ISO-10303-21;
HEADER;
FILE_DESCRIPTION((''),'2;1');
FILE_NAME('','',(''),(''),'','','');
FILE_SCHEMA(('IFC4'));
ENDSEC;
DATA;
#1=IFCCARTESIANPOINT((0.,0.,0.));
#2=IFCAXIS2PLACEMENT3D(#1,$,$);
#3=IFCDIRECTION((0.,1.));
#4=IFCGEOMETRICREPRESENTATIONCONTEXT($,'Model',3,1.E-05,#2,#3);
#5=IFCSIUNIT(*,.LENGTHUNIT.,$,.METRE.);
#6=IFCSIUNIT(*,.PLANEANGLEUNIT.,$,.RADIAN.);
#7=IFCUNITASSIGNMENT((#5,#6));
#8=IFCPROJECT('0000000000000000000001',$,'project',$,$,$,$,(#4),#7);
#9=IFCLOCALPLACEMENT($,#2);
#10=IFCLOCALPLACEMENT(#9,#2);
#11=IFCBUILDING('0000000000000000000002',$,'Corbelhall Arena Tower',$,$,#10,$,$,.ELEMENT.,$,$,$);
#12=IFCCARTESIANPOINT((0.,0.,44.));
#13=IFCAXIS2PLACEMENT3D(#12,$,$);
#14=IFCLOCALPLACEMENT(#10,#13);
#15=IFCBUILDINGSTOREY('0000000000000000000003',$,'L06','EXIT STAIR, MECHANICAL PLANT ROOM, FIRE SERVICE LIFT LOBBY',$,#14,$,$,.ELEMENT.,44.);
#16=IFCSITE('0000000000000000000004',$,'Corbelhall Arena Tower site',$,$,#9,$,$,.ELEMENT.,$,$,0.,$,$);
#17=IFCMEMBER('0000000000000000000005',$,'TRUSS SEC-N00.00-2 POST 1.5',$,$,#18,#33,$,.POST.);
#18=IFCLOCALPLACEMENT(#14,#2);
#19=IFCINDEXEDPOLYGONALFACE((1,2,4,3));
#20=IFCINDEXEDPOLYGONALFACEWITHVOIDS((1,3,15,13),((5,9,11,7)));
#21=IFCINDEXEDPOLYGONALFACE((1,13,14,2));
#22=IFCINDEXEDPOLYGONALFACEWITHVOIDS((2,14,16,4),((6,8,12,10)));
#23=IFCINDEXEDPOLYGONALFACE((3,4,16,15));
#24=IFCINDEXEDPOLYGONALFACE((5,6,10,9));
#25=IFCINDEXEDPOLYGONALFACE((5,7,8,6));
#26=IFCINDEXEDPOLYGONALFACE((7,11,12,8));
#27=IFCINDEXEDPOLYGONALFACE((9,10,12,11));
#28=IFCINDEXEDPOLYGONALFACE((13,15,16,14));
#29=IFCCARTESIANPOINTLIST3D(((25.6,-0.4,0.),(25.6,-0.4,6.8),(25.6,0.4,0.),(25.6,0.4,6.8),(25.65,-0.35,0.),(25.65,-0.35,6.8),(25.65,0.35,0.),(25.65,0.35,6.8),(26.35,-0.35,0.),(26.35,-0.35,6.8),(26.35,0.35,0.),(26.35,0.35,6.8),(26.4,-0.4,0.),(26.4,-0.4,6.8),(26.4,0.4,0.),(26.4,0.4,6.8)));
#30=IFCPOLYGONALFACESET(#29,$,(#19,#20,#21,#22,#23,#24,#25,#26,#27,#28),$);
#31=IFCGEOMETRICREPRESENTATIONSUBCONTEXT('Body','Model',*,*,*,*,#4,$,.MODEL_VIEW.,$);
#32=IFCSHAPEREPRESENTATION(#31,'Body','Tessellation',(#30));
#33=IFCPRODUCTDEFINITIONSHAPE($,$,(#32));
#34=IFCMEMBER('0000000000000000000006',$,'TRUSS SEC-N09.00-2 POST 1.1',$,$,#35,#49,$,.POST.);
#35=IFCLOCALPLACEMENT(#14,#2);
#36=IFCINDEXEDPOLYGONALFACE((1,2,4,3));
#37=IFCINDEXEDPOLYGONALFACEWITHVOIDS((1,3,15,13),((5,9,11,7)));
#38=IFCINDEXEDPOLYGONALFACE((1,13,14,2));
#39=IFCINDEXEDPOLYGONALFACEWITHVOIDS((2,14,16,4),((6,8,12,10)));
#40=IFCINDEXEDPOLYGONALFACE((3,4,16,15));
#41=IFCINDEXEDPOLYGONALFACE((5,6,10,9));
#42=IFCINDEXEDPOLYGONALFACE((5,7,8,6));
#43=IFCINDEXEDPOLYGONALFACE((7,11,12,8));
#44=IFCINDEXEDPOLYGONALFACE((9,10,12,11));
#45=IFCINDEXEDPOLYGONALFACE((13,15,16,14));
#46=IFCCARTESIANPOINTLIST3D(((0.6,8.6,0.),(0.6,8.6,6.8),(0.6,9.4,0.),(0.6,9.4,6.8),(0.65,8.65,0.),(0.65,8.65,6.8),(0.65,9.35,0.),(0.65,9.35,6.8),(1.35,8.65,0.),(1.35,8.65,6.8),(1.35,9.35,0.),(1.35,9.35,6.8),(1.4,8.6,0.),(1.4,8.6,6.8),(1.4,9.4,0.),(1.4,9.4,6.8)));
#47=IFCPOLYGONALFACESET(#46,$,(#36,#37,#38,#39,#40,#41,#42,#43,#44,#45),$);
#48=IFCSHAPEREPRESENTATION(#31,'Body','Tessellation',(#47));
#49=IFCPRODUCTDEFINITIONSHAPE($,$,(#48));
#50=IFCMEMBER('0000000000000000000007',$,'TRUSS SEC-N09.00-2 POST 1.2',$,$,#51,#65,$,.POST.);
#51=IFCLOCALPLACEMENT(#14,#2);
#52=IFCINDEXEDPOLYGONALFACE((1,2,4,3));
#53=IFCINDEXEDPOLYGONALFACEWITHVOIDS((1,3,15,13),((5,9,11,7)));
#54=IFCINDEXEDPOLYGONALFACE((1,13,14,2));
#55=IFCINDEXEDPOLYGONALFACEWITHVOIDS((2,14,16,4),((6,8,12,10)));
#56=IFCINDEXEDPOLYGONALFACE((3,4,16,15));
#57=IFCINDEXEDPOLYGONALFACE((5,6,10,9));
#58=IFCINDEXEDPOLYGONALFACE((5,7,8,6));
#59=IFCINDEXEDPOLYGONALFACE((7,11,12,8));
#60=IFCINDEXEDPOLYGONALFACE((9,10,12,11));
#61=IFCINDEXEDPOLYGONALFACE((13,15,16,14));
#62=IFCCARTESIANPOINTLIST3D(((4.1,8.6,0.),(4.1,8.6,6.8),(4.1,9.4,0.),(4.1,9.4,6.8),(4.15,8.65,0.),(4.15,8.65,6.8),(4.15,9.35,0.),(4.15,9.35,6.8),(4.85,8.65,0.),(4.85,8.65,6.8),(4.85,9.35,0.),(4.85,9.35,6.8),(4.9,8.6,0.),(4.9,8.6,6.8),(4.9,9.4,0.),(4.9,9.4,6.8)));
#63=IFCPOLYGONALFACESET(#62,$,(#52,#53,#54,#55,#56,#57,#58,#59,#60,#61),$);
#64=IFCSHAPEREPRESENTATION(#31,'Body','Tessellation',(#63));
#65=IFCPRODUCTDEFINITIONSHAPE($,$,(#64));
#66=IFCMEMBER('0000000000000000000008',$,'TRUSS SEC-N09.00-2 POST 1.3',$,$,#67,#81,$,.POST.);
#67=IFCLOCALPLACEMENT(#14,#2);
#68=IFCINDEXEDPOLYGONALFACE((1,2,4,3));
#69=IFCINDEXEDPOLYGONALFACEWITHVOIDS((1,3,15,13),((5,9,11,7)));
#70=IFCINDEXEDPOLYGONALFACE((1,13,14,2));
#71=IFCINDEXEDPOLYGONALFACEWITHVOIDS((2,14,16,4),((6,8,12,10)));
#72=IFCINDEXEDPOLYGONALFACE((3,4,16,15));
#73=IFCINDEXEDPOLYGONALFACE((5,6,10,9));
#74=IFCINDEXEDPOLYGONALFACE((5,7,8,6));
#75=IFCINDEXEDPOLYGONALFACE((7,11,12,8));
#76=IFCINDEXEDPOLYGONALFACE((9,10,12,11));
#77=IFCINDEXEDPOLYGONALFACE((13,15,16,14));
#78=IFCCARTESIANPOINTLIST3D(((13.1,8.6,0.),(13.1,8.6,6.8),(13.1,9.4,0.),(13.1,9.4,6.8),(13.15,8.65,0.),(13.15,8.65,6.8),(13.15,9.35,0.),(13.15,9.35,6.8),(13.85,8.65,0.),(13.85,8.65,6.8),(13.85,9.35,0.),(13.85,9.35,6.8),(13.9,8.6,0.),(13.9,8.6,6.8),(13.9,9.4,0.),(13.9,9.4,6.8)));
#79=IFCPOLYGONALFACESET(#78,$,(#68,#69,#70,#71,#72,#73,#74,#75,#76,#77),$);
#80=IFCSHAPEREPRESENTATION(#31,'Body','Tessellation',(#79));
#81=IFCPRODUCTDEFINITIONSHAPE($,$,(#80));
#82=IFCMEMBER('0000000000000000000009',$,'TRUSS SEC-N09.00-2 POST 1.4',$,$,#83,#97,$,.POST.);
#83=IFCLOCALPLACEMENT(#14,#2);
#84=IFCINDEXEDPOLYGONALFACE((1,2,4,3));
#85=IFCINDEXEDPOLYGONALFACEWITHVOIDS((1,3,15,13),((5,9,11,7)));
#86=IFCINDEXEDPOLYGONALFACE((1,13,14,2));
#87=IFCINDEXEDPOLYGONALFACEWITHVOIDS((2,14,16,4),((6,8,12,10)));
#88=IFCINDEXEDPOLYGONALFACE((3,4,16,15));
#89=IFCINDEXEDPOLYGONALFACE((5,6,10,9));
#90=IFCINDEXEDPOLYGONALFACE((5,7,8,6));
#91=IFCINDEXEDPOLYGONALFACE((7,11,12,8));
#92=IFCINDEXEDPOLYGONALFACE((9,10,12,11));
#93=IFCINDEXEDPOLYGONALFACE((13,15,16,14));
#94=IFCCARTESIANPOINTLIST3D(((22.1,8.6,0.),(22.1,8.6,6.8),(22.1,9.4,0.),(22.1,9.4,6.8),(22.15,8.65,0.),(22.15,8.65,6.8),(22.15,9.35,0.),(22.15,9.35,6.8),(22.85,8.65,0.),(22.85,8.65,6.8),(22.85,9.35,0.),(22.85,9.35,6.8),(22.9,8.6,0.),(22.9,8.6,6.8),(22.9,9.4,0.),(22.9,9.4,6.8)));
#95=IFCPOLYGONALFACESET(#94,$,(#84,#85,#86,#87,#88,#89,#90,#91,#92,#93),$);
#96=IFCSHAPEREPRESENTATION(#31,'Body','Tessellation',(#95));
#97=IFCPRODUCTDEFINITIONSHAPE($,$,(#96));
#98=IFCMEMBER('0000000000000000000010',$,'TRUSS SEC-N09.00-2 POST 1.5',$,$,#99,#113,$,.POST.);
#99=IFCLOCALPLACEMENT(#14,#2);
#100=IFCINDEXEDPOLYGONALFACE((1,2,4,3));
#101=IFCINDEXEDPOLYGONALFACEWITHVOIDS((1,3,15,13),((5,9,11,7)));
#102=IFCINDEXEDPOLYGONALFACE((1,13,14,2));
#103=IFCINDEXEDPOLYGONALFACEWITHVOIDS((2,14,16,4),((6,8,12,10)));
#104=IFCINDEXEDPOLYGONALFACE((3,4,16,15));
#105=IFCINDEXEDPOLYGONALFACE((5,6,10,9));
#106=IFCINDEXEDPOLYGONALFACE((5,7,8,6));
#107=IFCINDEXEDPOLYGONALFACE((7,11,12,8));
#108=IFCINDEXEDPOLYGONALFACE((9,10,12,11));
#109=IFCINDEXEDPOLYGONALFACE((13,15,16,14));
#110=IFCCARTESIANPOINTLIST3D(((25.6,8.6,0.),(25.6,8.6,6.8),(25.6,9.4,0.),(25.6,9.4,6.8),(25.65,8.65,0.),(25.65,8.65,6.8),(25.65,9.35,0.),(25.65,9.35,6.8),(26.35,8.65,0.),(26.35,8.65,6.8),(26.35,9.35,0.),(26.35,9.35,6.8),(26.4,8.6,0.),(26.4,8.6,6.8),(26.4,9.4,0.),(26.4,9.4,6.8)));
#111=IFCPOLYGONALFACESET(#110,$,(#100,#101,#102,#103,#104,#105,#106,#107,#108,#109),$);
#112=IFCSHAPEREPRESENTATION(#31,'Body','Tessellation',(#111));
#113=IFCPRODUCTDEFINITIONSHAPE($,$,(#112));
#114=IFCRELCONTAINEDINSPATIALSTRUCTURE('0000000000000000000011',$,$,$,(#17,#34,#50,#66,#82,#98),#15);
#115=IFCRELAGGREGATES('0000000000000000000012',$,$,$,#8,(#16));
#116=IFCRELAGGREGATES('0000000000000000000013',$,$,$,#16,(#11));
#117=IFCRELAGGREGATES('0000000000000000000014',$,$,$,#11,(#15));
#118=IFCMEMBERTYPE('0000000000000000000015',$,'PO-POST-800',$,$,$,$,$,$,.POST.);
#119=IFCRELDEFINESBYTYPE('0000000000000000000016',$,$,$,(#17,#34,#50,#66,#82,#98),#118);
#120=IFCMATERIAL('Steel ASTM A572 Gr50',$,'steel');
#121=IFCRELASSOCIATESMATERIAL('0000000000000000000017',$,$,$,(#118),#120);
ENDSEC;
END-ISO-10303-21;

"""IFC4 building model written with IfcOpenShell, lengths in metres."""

from ifc_helpers import new_model, si_unit, direction, frame, origin, origin_2d, place, context, subcontext, project, spatial, hollow_rectangle, extrude, material, material_profile, profile_set, type_object, element, save


model = new_model("IFC4")

# Units and contexts
model_context = context("Model", 3, precision=1e-05, world=origin(), true_north=direction((0.0, 1.0)))
body_context = subcontext(model_context, "Body", "Model", "MODEL_VIEW")
ifc_project = project(units=[si_unit("LENGTHUNIT", "METRE"), si_unit("PLANEANGLEUNIT", "RADIAN")], contexts=[model_context])

# Site, building, storey
site_placement = place(None, origin())
site = spatial("IfcSite", under=ifc_project, at=site_placement, Name="Corbelhall Arena Tower site", CompositionType="ELEMENT", RefElevation=0.0)
building_placement = place(site_placement, origin())
building = spatial("IfcBuilding", under=site, at=building_placement, Name="Corbelhall Arena Tower", CompositionType="ELEMENT")
storey_placement = place(building_placement, frame((0.0, 0.0, 44.0)))
storey = spatial("IfcBuildingStorey", under=building, at=storey_placement, Name="L06", Description="EXIT STAIR, MECHANICAL PLANT ROOM, FIRE SERVICE LIFT LOBBY", CompositionType="ELEMENT", Elevation=44.0)

# Members
ifc_material_1 = material(Name="Steel ASTM A572 Gr50", Category="steel")
ifc_material_profile_1 = material_profile(ifc_material_1, hollow_rectangle(XDim=0.8, YDim=0.8, WallThickness=0.05, at=origin_2d()))
ifc_profile_set_1 = profile_set([ifc_material_profile_1], Name="Steel ASTM A572 Gr50")
member_type_1 = type_object("IfcMemberType", Name="PO-POST-800", PredefinedType="POST", material=ifc_profile_set_1)
for number, where, z_axis, x_axis, name in (
    (1, (26.0, 0.0, 0.0), (0.0, 0.0, 1.0), (1.0, 0.0, 0.0), "TRUSS SEC-N00.00-2 POST 1.5"),
    (2, (1.0, 9.0, 0.0), (0.0, 0.0, 1.0), (1.0, 0.0, 0.0), "TRUSS SEC-N09.00-2 POST 1.1"),
    (3, (4.5, 9.0, 0.0), (0.0, 0.0, 1.0), (1.0, 0.0, 0.0), "TRUSS SEC-N09.00-2 POST 1.2"),
    (4, (13.5, 9.0, 0.0), (0.0, 0.0, 1.0), (1.0, 0.0, 0.0), "TRUSS SEC-N09.00-2 POST 1.3"),
    (5, (22.5, 9.0, 0.0), (0.0, 0.0, 1.0), (1.0, 0.0, 0.0), "TRUSS SEC-N09.00-2 POST 1.4"),
    (6, (26.0, 9.0, 0.0), (0.0, 0.0, 1.0), (1.0, 0.0, 0.0), "TRUSS SEC-N09.00-2 POST 1.5"),
):
    element("IfcMember", number, at=place(storey_placement, frame(where, z_axis=z_axis, x_axis=x_axis)), inside=storey, type_object=member_type_1, Name=name, PredefinedType="POST", context=body_context, shape_type="SweptSolid", body=[
        extrude(hollow_rectangle(XDim=0.8, YDim=0.8, WallThickness=0.05, at=origin_2d()), origin(), (0.0, 0.0, 1.0), 6.8),
    ])

save(model, "model.ifc")
